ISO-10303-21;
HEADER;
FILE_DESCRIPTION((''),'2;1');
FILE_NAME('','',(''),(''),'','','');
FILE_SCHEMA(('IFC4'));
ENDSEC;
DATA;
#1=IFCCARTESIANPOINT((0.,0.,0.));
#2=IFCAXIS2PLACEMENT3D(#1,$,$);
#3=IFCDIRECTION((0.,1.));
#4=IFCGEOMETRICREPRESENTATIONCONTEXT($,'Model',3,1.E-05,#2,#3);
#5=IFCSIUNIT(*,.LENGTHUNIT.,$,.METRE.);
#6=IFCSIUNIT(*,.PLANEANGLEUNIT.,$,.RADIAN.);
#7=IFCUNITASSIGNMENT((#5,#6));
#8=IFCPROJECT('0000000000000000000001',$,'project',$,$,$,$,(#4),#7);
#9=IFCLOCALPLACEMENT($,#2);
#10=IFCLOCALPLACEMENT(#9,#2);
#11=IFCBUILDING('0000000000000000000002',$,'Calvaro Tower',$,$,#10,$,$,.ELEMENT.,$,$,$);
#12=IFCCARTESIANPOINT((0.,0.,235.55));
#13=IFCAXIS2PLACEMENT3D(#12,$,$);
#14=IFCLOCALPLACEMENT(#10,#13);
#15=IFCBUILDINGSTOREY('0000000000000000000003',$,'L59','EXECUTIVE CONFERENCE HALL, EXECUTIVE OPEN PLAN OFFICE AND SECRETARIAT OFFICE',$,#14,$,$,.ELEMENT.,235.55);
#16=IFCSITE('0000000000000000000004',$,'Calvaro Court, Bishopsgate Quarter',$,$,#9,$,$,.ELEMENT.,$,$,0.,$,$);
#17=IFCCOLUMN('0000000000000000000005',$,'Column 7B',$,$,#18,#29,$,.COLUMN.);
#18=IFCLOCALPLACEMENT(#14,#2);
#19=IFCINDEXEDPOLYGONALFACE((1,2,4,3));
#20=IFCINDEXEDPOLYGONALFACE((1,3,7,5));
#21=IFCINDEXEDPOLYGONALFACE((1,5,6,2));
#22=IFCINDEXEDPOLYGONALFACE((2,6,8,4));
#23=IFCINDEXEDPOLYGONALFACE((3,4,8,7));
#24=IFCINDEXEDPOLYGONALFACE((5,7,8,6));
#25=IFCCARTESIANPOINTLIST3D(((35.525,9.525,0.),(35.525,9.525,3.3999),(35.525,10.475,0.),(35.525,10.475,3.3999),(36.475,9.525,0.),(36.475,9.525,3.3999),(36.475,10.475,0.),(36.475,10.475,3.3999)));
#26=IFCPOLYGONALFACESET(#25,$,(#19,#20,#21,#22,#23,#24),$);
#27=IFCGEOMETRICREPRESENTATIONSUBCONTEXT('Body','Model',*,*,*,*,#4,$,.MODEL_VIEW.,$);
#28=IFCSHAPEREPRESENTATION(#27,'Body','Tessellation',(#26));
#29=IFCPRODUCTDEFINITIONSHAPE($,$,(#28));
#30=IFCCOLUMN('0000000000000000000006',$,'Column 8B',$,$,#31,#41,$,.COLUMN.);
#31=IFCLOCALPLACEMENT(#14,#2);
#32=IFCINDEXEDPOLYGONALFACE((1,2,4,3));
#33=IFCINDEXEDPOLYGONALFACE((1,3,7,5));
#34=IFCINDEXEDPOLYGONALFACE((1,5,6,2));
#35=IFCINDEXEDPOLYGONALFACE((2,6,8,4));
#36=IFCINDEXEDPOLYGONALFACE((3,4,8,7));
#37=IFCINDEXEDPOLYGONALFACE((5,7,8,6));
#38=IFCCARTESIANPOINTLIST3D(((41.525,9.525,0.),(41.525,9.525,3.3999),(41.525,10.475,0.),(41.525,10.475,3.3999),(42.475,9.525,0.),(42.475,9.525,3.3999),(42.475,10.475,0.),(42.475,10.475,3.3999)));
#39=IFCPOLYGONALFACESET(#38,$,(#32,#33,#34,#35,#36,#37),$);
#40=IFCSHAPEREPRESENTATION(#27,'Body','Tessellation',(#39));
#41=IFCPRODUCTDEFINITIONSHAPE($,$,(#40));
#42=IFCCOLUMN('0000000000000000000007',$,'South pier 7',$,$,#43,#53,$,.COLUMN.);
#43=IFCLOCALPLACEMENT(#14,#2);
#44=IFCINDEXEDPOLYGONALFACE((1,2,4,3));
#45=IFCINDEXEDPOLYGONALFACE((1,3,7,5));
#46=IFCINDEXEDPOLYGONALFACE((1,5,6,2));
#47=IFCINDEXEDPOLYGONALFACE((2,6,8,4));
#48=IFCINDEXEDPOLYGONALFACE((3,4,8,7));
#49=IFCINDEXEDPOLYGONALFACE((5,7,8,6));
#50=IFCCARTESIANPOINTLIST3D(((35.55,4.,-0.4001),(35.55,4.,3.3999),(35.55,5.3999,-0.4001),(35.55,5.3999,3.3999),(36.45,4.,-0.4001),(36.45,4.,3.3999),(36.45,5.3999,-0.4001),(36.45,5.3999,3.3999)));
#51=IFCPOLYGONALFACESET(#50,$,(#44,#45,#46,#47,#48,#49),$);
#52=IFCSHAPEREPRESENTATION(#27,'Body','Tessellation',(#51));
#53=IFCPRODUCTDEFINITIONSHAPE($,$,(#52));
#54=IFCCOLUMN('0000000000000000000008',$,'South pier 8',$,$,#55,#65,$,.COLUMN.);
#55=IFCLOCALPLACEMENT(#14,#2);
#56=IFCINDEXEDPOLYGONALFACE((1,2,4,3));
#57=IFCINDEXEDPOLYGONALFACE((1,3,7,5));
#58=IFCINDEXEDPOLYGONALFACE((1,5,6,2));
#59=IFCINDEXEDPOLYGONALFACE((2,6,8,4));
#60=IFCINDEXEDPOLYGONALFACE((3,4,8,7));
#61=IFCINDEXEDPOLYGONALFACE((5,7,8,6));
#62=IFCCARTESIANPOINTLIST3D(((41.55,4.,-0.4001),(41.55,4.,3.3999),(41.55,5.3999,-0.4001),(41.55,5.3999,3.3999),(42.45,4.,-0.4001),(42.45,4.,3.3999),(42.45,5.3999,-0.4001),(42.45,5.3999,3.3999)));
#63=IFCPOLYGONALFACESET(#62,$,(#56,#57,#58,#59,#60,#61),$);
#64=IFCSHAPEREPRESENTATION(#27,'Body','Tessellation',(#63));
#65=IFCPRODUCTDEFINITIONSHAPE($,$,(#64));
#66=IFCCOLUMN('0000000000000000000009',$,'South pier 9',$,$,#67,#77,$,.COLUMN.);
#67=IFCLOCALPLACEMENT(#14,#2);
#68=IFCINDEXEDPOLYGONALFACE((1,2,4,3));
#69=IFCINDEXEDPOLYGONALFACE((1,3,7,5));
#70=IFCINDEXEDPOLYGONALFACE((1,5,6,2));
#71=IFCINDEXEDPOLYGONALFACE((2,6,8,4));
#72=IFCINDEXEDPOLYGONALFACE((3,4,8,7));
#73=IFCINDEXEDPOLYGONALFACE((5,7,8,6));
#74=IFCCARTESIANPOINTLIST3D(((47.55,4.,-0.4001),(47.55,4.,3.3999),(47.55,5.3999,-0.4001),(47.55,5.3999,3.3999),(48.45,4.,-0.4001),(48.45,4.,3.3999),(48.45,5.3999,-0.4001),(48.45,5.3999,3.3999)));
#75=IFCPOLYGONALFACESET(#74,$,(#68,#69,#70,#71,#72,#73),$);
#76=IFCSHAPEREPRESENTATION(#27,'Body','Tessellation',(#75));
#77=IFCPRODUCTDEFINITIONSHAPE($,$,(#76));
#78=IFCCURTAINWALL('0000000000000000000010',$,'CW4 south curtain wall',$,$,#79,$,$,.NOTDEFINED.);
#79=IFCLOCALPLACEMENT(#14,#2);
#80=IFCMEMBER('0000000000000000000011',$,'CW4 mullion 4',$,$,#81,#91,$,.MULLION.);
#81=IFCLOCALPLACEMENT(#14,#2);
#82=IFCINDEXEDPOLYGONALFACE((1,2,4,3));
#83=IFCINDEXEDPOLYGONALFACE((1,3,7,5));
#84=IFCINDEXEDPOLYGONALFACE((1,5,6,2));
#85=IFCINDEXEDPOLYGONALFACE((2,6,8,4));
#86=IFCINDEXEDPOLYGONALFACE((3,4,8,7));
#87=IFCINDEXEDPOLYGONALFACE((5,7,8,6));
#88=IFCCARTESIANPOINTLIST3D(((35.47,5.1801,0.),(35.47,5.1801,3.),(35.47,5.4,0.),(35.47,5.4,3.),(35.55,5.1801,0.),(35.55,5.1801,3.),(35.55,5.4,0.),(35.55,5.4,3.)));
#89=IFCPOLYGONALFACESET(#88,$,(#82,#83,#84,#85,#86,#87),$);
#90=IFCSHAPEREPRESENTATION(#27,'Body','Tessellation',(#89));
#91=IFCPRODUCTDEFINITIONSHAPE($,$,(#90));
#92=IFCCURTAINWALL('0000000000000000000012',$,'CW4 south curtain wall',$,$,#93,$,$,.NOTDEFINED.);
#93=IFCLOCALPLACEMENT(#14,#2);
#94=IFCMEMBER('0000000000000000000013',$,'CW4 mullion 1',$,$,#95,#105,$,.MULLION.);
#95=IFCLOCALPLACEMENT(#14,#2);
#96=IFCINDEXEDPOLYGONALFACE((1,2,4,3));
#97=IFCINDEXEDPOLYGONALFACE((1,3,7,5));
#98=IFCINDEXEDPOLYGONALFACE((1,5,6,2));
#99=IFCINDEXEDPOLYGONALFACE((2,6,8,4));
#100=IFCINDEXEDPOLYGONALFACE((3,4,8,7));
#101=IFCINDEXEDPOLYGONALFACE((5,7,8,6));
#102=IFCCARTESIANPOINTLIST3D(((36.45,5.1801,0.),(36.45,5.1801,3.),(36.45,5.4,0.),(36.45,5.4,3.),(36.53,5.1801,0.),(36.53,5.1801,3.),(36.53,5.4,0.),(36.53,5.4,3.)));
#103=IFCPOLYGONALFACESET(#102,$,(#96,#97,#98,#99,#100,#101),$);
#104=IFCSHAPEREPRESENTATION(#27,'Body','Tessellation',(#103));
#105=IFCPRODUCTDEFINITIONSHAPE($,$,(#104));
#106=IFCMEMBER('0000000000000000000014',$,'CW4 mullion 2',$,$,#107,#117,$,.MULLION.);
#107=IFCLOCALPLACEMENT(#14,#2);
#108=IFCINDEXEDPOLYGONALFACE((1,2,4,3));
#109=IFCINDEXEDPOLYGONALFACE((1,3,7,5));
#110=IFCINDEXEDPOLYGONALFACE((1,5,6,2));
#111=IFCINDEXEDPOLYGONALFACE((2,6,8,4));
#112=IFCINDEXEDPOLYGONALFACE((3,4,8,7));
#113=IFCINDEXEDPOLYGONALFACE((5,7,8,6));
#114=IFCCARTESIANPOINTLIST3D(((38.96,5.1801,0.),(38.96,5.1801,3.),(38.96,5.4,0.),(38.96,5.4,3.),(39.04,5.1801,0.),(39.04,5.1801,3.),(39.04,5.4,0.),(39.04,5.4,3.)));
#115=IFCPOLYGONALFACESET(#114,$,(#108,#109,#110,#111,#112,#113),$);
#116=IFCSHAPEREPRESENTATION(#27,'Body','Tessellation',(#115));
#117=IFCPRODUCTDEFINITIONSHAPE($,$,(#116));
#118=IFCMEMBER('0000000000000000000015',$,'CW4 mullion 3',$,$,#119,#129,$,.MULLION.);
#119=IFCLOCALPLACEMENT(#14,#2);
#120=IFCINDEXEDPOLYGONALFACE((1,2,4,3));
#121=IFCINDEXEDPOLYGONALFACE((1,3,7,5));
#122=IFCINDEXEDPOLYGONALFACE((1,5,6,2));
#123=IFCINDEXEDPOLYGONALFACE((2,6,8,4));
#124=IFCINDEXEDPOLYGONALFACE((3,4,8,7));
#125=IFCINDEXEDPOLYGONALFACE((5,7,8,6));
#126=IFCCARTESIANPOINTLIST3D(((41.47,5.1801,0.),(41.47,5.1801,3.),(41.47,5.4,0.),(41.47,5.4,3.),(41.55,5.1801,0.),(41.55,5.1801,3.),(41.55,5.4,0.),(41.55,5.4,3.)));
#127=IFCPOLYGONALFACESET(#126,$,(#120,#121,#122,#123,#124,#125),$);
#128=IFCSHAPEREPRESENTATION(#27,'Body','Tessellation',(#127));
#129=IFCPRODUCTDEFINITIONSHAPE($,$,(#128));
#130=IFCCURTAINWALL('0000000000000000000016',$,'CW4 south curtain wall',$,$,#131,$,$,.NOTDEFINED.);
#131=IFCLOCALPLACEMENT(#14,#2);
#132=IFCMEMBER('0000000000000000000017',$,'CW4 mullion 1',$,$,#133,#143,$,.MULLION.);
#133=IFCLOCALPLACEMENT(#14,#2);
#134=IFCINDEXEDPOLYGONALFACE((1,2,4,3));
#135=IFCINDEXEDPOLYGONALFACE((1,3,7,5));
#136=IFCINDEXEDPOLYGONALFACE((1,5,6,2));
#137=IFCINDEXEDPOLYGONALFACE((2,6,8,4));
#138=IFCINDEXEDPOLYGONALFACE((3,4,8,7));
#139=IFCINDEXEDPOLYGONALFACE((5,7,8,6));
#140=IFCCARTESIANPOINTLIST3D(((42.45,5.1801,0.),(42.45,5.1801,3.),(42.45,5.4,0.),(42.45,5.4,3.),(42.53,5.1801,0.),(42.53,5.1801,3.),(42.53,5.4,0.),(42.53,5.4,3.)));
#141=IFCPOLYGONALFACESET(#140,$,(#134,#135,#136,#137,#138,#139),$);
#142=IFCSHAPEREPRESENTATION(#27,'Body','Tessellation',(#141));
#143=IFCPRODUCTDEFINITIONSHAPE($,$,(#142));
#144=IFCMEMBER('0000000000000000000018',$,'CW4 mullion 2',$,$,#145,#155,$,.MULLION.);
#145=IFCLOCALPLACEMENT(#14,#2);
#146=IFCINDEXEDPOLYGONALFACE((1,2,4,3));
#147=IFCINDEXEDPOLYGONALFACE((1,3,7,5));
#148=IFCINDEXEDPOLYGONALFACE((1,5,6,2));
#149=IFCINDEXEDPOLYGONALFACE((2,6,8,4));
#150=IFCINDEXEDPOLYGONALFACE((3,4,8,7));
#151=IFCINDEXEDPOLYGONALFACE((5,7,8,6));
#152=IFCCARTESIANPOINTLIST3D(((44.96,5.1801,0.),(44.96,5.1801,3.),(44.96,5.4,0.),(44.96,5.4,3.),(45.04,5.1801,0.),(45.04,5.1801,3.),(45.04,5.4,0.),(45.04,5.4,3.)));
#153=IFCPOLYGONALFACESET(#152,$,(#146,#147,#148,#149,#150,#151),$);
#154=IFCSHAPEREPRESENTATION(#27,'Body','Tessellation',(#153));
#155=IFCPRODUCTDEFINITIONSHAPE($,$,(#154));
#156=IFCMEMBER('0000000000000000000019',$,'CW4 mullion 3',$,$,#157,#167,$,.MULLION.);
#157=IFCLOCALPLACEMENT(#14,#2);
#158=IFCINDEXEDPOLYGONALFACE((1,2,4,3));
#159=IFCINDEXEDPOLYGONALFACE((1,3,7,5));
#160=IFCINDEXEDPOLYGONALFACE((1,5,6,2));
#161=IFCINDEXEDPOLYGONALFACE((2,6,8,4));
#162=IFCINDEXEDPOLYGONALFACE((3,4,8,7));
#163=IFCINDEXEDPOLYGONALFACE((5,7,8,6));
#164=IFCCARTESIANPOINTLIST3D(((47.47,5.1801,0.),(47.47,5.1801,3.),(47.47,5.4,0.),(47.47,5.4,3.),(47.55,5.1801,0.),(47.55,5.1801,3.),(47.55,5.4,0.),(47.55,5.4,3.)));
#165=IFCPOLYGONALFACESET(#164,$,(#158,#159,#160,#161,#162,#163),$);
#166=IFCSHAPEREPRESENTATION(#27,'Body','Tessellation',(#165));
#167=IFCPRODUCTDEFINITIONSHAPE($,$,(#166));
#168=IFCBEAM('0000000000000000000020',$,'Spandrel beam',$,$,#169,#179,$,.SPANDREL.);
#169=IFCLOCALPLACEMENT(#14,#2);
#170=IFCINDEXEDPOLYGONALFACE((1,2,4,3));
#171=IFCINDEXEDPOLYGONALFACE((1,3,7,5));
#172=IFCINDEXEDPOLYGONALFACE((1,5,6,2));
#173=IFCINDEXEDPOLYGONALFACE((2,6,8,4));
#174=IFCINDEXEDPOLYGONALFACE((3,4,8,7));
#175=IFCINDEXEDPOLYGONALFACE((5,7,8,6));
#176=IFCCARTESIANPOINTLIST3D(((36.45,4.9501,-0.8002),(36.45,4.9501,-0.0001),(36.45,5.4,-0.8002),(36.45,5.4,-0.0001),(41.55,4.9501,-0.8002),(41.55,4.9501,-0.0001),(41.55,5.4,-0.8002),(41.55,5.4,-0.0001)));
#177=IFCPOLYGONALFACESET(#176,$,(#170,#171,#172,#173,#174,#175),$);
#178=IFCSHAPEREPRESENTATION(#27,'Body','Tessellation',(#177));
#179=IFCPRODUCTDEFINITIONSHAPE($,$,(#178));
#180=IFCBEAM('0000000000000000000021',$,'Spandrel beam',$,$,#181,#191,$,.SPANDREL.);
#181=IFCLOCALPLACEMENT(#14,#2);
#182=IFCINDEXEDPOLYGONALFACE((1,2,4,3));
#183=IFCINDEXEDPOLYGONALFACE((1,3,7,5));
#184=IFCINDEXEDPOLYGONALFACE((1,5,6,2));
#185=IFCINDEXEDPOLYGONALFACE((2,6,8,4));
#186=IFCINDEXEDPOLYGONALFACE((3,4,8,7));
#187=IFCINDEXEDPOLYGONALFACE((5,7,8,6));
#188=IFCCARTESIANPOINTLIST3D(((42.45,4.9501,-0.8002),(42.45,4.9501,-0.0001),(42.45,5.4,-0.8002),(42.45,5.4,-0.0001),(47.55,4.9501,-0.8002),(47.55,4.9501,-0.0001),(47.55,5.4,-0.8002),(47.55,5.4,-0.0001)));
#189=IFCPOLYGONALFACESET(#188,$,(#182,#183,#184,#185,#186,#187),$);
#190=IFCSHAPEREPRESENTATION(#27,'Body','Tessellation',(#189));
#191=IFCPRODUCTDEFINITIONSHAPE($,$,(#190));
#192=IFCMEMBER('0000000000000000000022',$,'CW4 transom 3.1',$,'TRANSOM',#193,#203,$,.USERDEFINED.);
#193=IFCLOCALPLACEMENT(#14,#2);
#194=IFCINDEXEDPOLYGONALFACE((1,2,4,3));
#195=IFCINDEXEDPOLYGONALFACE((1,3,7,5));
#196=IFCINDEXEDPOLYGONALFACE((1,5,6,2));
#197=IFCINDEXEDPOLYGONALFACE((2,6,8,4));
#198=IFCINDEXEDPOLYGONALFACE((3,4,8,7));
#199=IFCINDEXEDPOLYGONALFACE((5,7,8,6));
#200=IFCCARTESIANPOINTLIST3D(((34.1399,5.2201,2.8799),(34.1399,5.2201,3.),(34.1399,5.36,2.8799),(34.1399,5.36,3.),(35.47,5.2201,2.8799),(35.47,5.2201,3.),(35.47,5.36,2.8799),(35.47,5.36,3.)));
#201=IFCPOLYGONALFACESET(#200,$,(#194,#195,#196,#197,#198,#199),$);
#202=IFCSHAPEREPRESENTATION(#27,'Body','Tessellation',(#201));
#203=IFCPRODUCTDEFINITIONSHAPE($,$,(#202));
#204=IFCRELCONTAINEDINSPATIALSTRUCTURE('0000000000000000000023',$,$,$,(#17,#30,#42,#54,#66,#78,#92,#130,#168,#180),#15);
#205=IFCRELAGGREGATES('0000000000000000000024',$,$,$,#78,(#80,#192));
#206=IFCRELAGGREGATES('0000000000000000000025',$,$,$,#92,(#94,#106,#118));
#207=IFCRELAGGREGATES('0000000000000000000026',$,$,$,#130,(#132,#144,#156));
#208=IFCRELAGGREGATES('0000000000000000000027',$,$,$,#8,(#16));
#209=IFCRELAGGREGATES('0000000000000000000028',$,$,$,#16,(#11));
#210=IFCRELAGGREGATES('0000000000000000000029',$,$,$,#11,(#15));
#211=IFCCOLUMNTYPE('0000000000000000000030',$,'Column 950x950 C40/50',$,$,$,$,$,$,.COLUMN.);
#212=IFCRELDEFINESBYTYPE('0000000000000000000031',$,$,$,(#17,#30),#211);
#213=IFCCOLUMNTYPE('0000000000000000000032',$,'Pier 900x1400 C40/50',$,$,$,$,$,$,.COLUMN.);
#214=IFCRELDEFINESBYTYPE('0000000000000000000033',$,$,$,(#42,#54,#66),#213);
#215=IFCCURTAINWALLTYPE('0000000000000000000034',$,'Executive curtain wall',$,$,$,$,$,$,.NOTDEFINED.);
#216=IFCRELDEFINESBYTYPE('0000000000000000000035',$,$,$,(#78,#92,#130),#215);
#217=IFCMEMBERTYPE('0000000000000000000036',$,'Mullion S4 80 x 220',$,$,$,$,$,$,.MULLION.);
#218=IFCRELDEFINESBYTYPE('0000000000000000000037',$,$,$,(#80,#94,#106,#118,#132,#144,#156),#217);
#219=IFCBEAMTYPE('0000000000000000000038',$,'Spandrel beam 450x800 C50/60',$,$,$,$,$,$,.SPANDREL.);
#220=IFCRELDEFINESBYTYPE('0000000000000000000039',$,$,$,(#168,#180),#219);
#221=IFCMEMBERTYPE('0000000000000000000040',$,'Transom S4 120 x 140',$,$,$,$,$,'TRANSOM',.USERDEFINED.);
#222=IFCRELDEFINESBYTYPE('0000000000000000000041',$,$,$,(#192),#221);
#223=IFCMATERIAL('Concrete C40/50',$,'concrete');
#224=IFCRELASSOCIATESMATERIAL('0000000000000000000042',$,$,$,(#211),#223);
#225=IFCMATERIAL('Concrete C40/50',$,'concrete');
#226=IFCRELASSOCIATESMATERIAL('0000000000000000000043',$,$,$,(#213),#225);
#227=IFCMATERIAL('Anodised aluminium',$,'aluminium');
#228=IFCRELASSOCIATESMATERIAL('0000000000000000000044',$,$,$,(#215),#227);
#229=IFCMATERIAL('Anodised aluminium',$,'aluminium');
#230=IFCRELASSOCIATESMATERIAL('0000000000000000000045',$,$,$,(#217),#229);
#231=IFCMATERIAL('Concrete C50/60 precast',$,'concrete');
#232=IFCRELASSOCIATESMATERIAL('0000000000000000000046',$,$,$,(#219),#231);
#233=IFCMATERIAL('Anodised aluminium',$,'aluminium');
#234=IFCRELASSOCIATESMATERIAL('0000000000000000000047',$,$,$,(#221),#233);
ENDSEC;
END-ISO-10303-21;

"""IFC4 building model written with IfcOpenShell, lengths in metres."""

from ifc_helpers import new_model, si_unit, direction, frame, origin, origin_2d, place, context, subcontext, project, spatial, rectangle, extrude, material, material_profile, profile_set, type_object, element, aggregate, save


model = new_model("IFC4")

# Units and contexts
model_context = context("Model", 3, precision=1e-05, world=origin(), true_north=direction((0.0, 1.0)))
body_context = subcontext(model_context, "Body", "Model", "MODEL_VIEW")
ifc_project = project(units=[si_unit("LENGTHUNIT", "METRE"), si_unit("PLANEANGLEUNIT", "RADIAN")], contexts=[model_context])

# Site, building, storey
site_placement = place(None, origin())
site = spatial("IfcSite", under=ifc_project, at=site_placement, Name="Calvaro Court, Bishopsgate Quarter", CompositionType="ELEMENT", RefElevation=0.0)
building_placement = place(site_placement, origin())
building = spatial("IfcBuilding", under=site, at=building_placement, Name="Calvaro Tower", CompositionType="ELEMENT")
storey_placement = place(building_placement, frame((0.0, 0.0, 235.55)))
storey = spatial("IfcBuildingStorey", under=building, at=storey_placement, Name="L59", Description="EXECUTIVE CONFERENCE HALL, EXECUTIVE OPEN PLAN OFFICE AND SECRETARIAT OFFICE", CompositionType="ELEMENT", Elevation=235.55)

# Columns
ifc_material_1 = material(Name="Concrete C40/50", Category="concrete")
ifc_material_profile_1 = material_profile(ifc_material_1, rectangle(XDim=0.95, YDim=0.95, at=origin_2d()), Name="RC 950x950")
ifc_profile_set_1 = profile_set([ifc_material_profile_1], Name="Concrete C40/50")
column_type_1 = type_object("IfcColumnType", Name="Column 950x950 C40/50", PredefinedType="COLUMN", material=ifc_profile_set_1)
for number, where, z_axis, x_axis, name in (
    (1, (36.0, 10.0, 0.0), (0.0, 0.0, 1.0), (1.0, 0.0, 0.0), "Column 7B"),
    (2, (42.0, 10.0, 0.0), (0.0, 0.0, 1.0), (1.0, 0.0, 0.0), "Column 8B"),
):
    element("IfcColumn", number, at=place(storey_placement, frame(where, z_axis=z_axis, x_axis=x_axis)), inside=storey, type_object=column_type_1, Name=name, PredefinedType="COLUMN", context=body_context, shape_type="SweptSolid", body=[
        extrude(rectangle(XDim=0.95, YDim=0.95, at=origin_2d()), origin(), (0.0, 0.0, 1.0), 3.3999),
    ])
ifc_material_2 = material(Name="Concrete C40/50", Category="concrete")
ifc_material_profile_2 = material_profile(ifc_material_2, rectangle(XDim=0.8999, YDim=1.3999, at=origin_2d()), Name="RC 900x1400")
ifc_profile_set_2 = profile_set([ifc_material_profile_2], Name="Concrete C40/50")
column_type_2 = type_object("IfcColumnType", Name="Pier 900x1400 C40/50", PredefinedType="COLUMN", material=ifc_profile_set_2)
for number, where, z_axis, x_axis, name in (
    (3, (36.0, 4.7, -0.4001), (0.0, 0.0, 1.0), (1.0, 0.0, 0.0), "South pier 7"),
    (4, (42.0, 4.7, -0.4001), (0.0, 0.0, 1.0), (1.0, 0.0, 0.0), "South pier 8"),
    (5, (48.0, 4.7, -0.4001), (0.0, 0.0, 1.0), (1.0, 0.0, 0.0), "South pier 9"),
):
    element("IfcColumn", number, at=place(storey_placement, frame(where, z_axis=z_axis, x_axis=x_axis)), inside=storey, type_object=column_type_2, Name=name, PredefinedType="COLUMN", context=body_context, shape_type="SweptSolid", body=[
        extrude(rectangle(XDim=0.8999, YDim=1.3999, at=origin_2d()), origin(), (0.0, 0.0, 1.0), 3.8),
    ])

# Curtain wall, member
ifc_material_3 = material(Name="Anodised aluminium", Category="aluminium")
curtain_wall_type = type_object("IfcCurtainWallType", Name="Executive curtain wall", PredefinedType="NOTDEFINED", material=ifc_material_3)
curtain_wall_1_placement = place(storey_placement, origin())
curtain_wall_1 = element("IfcCurtainWall", 6, at=curtain_wall_1_placement, inside=storey, type_object=curtain_wall_type, Name="CW4 south curtain wall", PredefinedType="NOTDEFINED")
ifc_material_4 = material(Name="Anodised aluminium", Category="aluminium")
ifc_material_profile_3 = material_profile(ifc_material_4, rectangle(XDim=0.22, YDim=0.0801, at=origin_2d()), Name="Mullion S4 80 x 220")
ifc_profile_set_3 = profile_set([ifc_material_profile_3], Name="Anodised aluminium")
member_type_1 = type_object("IfcMemberType", Name="Mullion S4 80 x 220", PredefinedType="MULLION", material=ifc_profile_set_3)
member_1_placement = place(storey_placement, frame((35.51, 5.29, 0.0), z_axis=(0.0, 0.0, 1.0), x_axis=(0.0, 1.0, 0.0)))
member_1 = element("IfcMember", 7, at=member_1_placement, type_object=member_type_1, Name="CW4 mullion 4", PredefinedType="MULLION", context=body_context, shape_type="SweptSolid", body=[
    extrude(rectangle(XDim=0.22, YDim=0.0801, at=origin_2d()), origin(), (0.0, 0.0, 1.0), 3.0),
])

# Curtain walls, members
curtain_wall_2_placement = place(storey_placement, origin())
curtain_wall_2 = element("IfcCurtainWall", 8, at=curtain_wall_2_placement, inside=storey, type_object=curtain_wall_type, Name="CW4 south curtain wall", PredefinedType="NOTDEFINED")
member_2_placement = place(storey_placement, frame((36.49, 5.29, 0.0), z_axis=(0.0, 0.0, 1.0), x_axis=(0.0, 1.0, 0.0)))
member_2 = element("IfcMember", 9, at=member_2_placement, type_object=member_type_1, Name="CW4 mullion 1", PredefinedType="MULLION", context=body_context, shape_type="SweptSolid", body=[
    extrude(rectangle(XDim=0.22, YDim=0.0801, at=origin_2d()), origin(), (0.0, 0.0, 1.0), 3.0),
])
member_3_placement = place(storey_placement, frame((39.0, 5.29, 0.0), z_axis=(0.0, 0.0, 1.0), x_axis=(0.0, 1.0, 0.0)))
member_3 = element("IfcMember", 10, at=member_3_placement, type_object=member_type_1, Name="CW4 mullion 2", PredefinedType="MULLION", context=body_context, shape_type="SweptSolid", body=[
    extrude(rectangle(XDim=0.22, YDim=0.0801, at=origin_2d()), origin(), (0.0, 0.0, 1.0), 3.0),
])
member_4_placement = place(storey_placement, frame((41.51, 5.29, 0.0), z_axis=(0.0, 0.0, 1.0), x_axis=(0.0, 1.0, 0.0)))
member_4 = element("IfcMember", 11, at=member_4_placement, type_object=member_type_1, Name="CW4 mullion 3", PredefinedType="MULLION", context=body_context, shape_type="SweptSolid", body=[
    extrude(rectangle(XDim=0.22, YDim=0.0801, at=origin_2d()), origin(), (0.0, 0.0, 1.0), 3.0),
])
curtain_wall_3_placement = place(storey_placement, origin())
curtain_wall_3 = element("IfcCurtainWall", 12, at=curtain_wall_3_placement, inside=storey, type_object=curtain_wall_type, Name="CW4 south curtain wall", PredefinedType="NOTDEFINED")
member_5_placement = place(storey_placement, frame((42.49, 5.29, 0.0), z_axis=(0.0, 0.0, 1.0), x_axis=(0.0, 1.0, 0.0)))
member_5 = element("IfcMember", 13, at=member_5_placement, type_object=member_type_1, Name="CW4 mullion 1", PredefinedType="MULLION", context=body_context, shape_type="SweptSolid", body=[
    extrude(rectangle(XDim=0.22, YDim=0.0801, at=origin_2d()), origin(), (0.0, 0.0, 1.0), 3.0),
])
member_6_placement = place(storey_placement, frame((45.0, 5.29, 0.0), z_axis=(0.0, 0.0, 1.0), x_axis=(0.0, 1.0, 0.0)))
member_6 = element("IfcMember", 14, at=member_6_placement, type_object=member_type_1, Name="CW4 mullion 2", PredefinedType="MULLION", context=body_context, shape_type="SweptSolid", body=[
    extrude(rectangle(XDim=0.22, YDim=0.0801, at=origin_2d()), origin(), (0.0, 0.0, 1.0), 3.0),
])
member_7_placement = place(storey_placement, frame((47.51, 5.29, 0.0), z_axis=(0.0, 0.0, 1.0), x_axis=(0.0, 1.0, 0.0)))
member_7 = element("IfcMember", 15, at=member_7_placement, type_object=member_type_1, Name="CW4 mullion 3", PredefinedType="MULLION", context=body_context, shape_type="SweptSolid", body=[
    extrude(rectangle(XDim=0.22, YDim=0.0801, at=origin_2d()), origin(), (0.0, 0.0, 1.0), 3.0),
])

# Beams
ifc_material_5 = material(Name="Concrete C50/60 precast", Category="concrete")
ifc_material_profile_4 = material_profile(ifc_material_5, rectangle(XDim=0.45, YDim=0.8, at=origin_2d()), Name="RC 450x800")
ifc_profile_set_4 = profile_set([ifc_material_profile_4], Name="Concrete C50/60 precast")
beam_type = type_object("IfcBeamType", Name="Spandrel beam 450x800 C50/60", PredefinedType="SPANDREL", material=ifc_profile_set_4)
for number, where, z_axis, x_axis, name in (
    (16, (36.45, 5.175, -0.4001), (1.0, 0.0, 0.0), (0.0, 1.0, 0.0), "Spandrel beam"),
    (17, (42.45, 5.175, -0.4001), (1.0, 0.0, 0.0), (0.0, 1.0, 0.0), "Spandrel beam"),
):
    element("IfcBeam", number, at=place(storey_placement, frame(where, z_axis=z_axis, x_axis=x_axis)), inside=storey, type_object=beam_type, Name=name, PredefinedType="SPANDREL", context=body_context, shape_type="SweptSolid", body=[
        extrude(rectangle(XDim=0.45, YDim=0.8, at=origin_2d()), origin(), (0.0, 0.0, 1.0), 5.1001),
    ])

# Member
ifc_material_6 = material(Name="Anodised aluminium", Category="aluminium")
ifc_material_profile_5 = material_profile(ifc_material_6, rectangle(XDim=0.1399, YDim=0.1201, at=origin_2d()), Name="Transom S4 120 x 140")
ifc_profile_set_5 = profile_set([ifc_material_profile_5], Name="Anodised aluminium")
member_type_2 = type_object("IfcMemberType", Name="Transom S4 120 x 140", ElementType="TRANSOM", PredefinedType="USERDEFINED", material=ifc_profile_set_5)
member_8_placement = place(storey_placement, frame((34.1399, 5.29, 2.9399), z_axis=(1.0, 0.0, 0.0), x_axis=(0.0, 1.0, 0.0)))
member_8 = element("IfcMember", 18, at=member_8_placement, type_object=member_type_2, Name="CW4 transom 3.1", ObjectType="TRANSOM", PredefinedType="USERDEFINED", context=body_context, shape_type="SweptSolid", body=[
    extrude(rectangle(XDim=0.1399, YDim=0.1201, at=origin_2d()), origin(), (0.0, 0.0, 1.0), 1.3301),
])

aggregate(curtain_wall_1, [member_1, member_8])
aggregate(curtain_wall_2, [member_2, member_3, member_4])
aggregate(curtain_wall_3, [member_5, member_6, member_7])

save(model, "model.ifc")
